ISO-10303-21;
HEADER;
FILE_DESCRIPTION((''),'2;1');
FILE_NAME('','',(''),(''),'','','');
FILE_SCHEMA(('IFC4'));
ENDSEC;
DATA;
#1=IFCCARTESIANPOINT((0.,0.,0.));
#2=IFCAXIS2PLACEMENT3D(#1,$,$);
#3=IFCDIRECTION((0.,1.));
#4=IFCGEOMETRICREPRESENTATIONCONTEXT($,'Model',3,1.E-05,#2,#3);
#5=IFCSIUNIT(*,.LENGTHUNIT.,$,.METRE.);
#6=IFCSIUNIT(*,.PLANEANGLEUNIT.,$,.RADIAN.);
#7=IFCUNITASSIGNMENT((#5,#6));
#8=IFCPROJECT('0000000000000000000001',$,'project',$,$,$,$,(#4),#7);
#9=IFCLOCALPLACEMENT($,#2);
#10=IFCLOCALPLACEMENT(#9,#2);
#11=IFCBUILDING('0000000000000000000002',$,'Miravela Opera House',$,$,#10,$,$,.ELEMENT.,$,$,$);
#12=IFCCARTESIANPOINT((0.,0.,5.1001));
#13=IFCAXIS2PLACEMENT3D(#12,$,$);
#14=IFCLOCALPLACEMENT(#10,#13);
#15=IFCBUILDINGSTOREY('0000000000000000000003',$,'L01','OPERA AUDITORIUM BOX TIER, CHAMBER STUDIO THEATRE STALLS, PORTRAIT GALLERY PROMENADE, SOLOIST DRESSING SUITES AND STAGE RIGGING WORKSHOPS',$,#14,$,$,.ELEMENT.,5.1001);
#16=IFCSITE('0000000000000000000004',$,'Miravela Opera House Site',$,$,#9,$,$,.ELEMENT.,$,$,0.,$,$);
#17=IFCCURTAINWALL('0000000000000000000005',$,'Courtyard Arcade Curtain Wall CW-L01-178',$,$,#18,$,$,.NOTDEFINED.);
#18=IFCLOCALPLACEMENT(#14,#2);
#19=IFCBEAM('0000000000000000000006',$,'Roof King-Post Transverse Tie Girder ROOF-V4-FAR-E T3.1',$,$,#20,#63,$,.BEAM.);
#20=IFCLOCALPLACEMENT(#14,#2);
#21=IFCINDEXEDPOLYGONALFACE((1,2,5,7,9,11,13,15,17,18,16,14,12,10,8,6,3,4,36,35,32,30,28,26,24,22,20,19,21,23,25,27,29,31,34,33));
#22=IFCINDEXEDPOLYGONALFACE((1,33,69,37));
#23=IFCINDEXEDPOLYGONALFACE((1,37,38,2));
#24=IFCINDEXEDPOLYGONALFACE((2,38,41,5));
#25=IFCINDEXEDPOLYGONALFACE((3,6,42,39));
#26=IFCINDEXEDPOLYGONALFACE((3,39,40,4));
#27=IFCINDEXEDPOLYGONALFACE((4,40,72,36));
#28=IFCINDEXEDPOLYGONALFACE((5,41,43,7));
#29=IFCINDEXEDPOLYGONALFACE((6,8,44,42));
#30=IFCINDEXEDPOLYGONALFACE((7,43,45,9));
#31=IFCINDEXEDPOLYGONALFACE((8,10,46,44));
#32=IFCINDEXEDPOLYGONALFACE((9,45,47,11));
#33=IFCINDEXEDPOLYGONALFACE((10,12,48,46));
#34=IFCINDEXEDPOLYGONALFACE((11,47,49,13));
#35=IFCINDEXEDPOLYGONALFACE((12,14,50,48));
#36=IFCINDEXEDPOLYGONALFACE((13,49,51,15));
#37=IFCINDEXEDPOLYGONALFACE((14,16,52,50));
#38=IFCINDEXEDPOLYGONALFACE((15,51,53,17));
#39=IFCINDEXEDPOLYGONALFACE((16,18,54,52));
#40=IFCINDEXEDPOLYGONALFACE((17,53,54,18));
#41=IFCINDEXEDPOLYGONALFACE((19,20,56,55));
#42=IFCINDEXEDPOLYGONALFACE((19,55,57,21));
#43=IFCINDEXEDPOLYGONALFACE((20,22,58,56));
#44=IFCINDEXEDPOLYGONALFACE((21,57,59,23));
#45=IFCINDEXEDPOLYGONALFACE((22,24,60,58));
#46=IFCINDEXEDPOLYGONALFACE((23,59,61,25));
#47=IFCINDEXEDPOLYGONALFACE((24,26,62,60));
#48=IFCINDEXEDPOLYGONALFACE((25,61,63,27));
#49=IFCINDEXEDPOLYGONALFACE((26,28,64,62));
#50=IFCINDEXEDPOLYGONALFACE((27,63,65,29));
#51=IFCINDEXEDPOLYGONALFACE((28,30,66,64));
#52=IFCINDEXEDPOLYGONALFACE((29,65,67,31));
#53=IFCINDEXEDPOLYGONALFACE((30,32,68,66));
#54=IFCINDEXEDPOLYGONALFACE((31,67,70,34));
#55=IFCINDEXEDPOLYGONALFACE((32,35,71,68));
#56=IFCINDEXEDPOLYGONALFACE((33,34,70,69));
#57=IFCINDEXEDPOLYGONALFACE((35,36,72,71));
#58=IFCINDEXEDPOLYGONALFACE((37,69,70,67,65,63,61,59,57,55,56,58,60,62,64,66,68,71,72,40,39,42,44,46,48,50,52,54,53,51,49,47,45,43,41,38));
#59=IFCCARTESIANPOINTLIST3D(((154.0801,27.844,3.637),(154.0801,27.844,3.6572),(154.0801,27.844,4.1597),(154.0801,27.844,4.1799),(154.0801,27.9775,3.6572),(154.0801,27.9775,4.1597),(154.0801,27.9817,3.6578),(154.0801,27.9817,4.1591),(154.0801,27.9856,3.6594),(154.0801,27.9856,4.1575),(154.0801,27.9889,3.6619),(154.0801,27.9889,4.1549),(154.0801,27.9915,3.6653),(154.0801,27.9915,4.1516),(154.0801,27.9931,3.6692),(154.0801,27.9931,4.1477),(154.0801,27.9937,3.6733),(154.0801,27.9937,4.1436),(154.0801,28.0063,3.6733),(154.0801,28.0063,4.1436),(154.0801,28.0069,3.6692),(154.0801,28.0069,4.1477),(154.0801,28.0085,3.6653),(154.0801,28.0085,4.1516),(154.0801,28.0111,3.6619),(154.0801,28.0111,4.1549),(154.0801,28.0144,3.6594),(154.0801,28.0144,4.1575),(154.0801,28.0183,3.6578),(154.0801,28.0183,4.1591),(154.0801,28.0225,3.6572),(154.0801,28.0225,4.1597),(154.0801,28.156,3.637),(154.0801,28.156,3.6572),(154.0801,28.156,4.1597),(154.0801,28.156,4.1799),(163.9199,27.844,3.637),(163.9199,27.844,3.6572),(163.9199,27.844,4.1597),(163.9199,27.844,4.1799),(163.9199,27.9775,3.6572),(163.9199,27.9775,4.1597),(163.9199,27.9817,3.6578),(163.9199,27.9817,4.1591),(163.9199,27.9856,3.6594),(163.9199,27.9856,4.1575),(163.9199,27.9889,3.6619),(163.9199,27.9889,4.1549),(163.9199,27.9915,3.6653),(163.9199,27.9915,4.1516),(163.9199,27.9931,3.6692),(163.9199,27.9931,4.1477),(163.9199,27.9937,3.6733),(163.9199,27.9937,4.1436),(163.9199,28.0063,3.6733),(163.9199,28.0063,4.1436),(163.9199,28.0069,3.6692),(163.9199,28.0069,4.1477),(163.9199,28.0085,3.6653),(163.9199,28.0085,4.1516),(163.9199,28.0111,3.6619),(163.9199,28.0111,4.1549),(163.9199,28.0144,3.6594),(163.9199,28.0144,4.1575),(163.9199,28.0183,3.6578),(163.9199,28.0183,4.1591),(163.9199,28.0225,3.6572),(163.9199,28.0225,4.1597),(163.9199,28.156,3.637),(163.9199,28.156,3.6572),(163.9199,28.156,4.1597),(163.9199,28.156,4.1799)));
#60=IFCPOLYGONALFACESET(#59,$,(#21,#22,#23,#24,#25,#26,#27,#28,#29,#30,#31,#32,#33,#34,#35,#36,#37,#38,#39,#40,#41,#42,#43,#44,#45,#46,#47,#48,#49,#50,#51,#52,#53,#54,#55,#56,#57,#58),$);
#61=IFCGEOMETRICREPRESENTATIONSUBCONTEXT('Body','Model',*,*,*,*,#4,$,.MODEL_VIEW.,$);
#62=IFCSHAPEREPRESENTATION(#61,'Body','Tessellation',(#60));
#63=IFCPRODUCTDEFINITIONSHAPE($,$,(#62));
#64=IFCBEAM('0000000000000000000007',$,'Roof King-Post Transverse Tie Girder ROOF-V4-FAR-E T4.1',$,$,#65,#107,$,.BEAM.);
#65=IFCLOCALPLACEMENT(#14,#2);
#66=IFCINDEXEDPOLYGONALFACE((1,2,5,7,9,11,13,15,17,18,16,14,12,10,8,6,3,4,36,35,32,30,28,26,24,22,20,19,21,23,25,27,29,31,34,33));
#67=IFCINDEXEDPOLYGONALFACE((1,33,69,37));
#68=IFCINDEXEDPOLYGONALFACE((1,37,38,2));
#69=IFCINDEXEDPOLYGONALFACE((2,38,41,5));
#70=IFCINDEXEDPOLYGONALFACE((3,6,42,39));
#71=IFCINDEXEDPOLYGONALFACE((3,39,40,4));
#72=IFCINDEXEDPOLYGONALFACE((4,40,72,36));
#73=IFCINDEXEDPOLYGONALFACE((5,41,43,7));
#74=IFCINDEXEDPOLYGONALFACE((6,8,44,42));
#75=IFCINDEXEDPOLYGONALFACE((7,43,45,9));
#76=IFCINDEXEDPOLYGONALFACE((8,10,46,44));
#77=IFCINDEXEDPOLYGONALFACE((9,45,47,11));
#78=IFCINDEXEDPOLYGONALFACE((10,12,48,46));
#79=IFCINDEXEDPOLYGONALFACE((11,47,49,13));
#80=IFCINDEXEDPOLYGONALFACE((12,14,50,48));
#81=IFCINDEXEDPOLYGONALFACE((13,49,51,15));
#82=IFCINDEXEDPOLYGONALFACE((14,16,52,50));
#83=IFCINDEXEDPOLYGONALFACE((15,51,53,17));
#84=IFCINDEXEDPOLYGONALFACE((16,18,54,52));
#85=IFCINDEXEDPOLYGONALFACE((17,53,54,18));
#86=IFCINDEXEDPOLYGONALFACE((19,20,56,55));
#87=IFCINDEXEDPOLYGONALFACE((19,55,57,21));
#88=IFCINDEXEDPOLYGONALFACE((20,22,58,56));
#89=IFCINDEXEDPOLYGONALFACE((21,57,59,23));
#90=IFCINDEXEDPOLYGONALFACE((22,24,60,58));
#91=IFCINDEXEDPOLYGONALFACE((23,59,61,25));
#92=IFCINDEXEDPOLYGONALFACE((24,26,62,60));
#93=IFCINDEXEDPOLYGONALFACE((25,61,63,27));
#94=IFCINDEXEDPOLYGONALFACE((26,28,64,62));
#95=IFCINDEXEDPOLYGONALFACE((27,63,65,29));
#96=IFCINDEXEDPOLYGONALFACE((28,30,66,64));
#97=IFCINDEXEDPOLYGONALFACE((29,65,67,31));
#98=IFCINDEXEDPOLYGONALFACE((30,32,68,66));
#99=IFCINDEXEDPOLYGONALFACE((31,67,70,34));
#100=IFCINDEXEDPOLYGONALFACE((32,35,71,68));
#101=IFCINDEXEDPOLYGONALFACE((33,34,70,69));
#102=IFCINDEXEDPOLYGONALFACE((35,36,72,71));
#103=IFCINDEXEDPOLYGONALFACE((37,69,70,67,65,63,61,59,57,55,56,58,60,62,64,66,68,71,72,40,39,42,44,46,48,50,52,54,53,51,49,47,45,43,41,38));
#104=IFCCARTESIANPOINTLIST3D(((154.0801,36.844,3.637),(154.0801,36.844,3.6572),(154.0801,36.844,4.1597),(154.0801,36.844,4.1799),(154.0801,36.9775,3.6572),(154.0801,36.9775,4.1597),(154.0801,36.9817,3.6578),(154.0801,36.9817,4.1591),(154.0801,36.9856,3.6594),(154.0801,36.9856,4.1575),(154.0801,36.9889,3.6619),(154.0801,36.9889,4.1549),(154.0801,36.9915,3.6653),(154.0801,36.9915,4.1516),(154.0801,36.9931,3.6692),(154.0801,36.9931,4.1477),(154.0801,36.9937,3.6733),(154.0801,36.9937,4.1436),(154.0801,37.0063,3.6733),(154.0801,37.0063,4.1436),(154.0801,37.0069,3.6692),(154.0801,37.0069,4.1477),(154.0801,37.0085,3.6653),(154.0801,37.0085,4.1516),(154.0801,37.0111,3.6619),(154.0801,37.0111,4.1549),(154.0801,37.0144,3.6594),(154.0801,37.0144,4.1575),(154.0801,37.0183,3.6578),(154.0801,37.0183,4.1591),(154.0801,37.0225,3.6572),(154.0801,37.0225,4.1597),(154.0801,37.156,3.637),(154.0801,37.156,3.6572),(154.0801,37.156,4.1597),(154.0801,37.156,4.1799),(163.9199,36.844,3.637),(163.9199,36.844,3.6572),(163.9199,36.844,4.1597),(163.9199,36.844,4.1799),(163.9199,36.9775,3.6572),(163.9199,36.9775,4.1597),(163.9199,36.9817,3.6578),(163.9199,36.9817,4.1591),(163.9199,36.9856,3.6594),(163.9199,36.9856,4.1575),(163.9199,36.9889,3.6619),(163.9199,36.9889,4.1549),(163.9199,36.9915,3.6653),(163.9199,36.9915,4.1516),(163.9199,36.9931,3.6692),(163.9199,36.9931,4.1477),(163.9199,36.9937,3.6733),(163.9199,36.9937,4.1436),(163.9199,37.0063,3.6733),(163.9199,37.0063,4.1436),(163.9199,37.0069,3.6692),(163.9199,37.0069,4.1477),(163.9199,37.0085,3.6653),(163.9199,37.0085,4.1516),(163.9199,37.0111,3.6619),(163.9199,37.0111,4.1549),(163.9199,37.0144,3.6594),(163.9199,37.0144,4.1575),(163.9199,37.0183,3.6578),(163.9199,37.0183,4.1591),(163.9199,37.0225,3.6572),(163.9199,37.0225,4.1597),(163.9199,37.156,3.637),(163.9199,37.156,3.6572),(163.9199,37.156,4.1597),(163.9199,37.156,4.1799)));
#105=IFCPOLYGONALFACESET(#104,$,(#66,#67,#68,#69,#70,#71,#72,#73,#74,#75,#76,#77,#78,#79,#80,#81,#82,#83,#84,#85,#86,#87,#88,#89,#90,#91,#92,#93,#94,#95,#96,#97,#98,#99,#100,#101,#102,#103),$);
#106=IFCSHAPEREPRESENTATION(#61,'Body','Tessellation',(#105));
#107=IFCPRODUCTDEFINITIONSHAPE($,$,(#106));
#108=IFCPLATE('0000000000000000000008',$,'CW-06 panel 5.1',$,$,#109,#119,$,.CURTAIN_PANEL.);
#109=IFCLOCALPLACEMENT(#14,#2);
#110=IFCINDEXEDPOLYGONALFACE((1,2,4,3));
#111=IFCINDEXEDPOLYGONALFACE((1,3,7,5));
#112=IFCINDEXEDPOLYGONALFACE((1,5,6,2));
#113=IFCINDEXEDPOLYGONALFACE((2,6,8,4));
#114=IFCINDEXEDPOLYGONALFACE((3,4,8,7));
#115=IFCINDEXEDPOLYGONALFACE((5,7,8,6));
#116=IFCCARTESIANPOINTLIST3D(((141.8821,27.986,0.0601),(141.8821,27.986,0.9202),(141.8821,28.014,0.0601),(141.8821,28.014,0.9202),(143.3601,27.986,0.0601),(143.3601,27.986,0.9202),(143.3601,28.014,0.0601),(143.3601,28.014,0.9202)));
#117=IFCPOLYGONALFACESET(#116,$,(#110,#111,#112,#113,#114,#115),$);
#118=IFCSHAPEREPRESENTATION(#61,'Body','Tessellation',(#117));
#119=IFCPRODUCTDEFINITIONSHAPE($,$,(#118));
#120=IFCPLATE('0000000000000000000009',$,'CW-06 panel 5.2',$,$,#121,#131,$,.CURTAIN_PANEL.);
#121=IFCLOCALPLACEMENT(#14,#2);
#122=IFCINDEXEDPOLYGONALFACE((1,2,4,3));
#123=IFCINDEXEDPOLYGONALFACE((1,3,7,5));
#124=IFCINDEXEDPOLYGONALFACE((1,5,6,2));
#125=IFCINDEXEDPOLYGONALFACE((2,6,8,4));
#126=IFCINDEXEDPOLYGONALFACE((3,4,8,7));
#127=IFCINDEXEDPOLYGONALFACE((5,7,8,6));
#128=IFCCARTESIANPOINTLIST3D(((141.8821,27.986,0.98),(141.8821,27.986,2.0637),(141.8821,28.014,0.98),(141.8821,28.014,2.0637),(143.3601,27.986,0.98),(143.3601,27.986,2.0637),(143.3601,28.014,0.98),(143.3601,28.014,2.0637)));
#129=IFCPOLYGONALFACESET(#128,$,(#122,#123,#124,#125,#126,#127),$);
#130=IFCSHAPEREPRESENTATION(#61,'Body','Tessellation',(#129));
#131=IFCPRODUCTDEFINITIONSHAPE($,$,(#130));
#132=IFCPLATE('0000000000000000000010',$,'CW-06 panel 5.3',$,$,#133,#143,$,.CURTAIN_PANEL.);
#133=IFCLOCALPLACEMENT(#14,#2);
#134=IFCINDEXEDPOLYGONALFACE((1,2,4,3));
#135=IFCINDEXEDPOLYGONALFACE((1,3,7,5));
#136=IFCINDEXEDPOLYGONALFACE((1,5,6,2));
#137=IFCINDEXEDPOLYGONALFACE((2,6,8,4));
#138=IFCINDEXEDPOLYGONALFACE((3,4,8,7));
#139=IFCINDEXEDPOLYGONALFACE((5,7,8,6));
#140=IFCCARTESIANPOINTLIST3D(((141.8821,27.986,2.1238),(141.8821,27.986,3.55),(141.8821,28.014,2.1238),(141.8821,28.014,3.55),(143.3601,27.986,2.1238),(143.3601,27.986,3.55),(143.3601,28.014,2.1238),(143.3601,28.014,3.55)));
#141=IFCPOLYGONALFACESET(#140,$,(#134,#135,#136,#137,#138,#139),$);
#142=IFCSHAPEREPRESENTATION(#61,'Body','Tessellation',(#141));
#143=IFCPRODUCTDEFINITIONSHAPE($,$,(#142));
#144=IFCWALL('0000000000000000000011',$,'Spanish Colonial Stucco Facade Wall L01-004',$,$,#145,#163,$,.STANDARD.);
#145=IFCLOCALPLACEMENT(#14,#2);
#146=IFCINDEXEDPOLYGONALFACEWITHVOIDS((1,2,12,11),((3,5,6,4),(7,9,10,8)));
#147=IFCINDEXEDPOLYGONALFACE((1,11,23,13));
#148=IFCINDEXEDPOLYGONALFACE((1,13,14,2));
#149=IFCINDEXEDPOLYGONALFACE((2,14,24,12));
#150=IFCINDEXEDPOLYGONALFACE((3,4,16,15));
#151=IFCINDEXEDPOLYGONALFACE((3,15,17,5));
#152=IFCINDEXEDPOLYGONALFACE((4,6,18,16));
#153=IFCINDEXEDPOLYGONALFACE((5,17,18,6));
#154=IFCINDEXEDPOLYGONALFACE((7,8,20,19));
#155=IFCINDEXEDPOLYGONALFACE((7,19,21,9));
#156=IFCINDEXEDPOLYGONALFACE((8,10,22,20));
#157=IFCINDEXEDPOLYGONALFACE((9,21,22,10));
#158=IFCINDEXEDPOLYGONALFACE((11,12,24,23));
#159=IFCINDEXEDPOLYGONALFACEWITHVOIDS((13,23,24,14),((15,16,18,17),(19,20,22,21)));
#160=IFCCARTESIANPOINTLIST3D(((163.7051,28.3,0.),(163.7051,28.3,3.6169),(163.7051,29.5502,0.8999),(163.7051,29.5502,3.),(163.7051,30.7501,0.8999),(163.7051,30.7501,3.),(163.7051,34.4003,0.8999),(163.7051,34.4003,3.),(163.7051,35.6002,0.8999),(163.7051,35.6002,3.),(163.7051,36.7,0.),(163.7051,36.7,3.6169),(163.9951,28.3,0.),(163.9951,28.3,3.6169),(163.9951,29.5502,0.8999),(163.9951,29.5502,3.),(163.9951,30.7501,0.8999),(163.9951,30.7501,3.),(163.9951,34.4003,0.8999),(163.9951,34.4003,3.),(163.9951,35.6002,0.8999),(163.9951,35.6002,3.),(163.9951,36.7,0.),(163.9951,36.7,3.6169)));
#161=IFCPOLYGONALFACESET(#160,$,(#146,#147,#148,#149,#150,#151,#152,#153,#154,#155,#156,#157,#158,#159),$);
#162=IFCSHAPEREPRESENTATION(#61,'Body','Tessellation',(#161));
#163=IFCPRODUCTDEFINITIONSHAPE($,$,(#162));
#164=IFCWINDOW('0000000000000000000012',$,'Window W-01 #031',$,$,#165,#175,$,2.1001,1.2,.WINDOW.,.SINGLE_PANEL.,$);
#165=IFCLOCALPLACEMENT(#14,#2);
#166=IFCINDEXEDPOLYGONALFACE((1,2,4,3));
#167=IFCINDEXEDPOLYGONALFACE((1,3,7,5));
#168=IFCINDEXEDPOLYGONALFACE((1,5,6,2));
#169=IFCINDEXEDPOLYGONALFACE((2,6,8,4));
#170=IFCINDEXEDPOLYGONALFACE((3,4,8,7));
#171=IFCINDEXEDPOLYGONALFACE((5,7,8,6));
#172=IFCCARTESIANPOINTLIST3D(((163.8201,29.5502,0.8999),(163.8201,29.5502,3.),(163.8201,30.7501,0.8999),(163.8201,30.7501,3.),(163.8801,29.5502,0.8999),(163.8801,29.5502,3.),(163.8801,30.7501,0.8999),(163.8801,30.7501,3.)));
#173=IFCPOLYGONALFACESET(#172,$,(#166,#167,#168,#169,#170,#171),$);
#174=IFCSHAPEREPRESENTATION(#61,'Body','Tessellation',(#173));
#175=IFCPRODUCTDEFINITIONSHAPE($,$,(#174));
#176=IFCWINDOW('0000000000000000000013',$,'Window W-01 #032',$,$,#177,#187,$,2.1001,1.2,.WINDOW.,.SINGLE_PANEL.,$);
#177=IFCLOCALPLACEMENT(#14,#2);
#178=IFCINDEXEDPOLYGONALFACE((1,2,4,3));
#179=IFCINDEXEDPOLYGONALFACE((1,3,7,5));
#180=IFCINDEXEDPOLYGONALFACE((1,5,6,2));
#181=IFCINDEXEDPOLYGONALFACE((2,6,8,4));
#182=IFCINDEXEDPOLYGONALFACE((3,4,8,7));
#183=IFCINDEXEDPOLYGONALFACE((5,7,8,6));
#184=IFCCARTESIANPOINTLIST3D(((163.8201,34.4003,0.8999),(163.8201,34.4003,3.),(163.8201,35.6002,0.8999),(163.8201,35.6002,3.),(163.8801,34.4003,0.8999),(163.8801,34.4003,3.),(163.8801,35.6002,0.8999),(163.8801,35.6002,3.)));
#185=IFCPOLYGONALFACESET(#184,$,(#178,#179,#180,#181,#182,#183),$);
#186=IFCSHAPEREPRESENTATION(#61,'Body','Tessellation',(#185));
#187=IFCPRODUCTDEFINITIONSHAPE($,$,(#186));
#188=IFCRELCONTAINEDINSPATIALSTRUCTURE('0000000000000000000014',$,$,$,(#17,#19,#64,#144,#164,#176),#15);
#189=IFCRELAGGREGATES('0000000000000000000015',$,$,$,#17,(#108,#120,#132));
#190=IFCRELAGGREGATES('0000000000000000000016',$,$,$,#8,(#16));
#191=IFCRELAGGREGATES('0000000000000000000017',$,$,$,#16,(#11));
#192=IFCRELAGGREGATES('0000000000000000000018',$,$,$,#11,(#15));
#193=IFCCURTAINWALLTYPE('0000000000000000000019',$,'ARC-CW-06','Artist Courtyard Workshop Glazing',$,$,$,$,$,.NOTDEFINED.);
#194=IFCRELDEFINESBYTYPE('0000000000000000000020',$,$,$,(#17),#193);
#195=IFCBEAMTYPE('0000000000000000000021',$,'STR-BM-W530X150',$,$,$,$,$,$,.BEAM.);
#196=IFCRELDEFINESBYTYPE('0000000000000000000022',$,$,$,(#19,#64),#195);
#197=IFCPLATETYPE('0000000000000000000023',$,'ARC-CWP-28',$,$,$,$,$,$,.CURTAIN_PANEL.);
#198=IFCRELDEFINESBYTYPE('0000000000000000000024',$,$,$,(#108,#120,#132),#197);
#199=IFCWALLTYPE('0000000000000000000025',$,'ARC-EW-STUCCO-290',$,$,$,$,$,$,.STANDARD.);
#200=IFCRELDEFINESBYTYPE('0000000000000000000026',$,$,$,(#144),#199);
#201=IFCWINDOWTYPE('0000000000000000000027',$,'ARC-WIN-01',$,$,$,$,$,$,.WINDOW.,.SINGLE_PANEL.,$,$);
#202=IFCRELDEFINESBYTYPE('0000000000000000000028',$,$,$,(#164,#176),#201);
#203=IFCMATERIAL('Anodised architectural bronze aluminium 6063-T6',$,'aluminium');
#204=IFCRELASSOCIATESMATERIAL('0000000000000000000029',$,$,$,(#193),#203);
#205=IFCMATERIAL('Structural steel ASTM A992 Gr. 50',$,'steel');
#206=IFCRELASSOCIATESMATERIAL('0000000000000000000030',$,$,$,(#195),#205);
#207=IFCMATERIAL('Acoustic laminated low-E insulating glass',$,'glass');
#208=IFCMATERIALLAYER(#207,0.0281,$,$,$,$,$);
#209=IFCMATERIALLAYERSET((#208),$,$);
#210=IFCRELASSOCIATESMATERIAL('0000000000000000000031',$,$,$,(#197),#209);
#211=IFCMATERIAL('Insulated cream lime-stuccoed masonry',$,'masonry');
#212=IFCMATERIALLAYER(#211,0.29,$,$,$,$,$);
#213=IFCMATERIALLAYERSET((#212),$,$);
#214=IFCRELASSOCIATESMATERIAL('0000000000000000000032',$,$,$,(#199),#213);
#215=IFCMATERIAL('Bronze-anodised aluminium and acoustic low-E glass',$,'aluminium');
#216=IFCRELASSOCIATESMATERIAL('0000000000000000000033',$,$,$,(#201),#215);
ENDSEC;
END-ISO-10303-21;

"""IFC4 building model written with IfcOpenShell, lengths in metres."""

from ifc_helpers import new_model, si_unit, direction, frame, frame_2d, origin, origin_2d, place, context, subcontext, project, spatial, rectangle, i_section, extrude, material, layer, layer_set, material_profile, profile_set, type_object, element, fill, aggregate, save


model = new_model("IFC4")

# Units and contexts
model_context = context("Model", 3, precision=1e-05, world=origin(), true_north=direction((0.0, 1.0)))
body_context = subcontext(model_context, "Body", "Model", "MODEL_VIEW")
ifc_project = project(units=[si_unit("LENGTHUNIT", "METRE"), si_unit("PLANEANGLEUNIT", "RADIAN")], contexts=[model_context])

# Site, building, storey
site_placement = place(None, origin())
site = spatial("IfcSite", under=ifc_project, at=site_placement, Name="Miravela Opera House Site", CompositionType="ELEMENT", RefElevation=0.0)
building_placement = place(site_placement, origin())
building = spatial("IfcBuilding", under=site, at=building_placement, Name="Miravela Opera House", CompositionType="ELEMENT")
storey_placement = place(building_placement, frame((0.0, 0.0, 5.1001)))
storey = spatial("IfcBuildingStorey", under=building, at=storey_placement, Name="L01", Description="OPERA AUDITORIUM BOX TIER, CHAMBER STUDIO THEATRE STALLS, PORTRAIT GALLERY PROMENADE, SOLOIST DRESSING SUITES AND STAGE RIGGING WORKSHOPS", CompositionType="ELEMENT", Elevation=5.1001)

# Curtain wall
ifc_material_1 = material(Name="Anodised architectural bronze aluminium 6063-T6", Category="aluminium")
curtain_wall_type = type_object("IfcCurtainWallType", Name="ARC-CW-06", Description="Artist Courtyard Workshop Glazing", PredefinedType="NOTDEFINED", material=ifc_material_1)
curtain_wall_placement = place(storey_placement, origin())
curtain_wall = element("IfcCurtainWall", 1, at=curtain_wall_placement, inside=storey, type_object=curtain_wall_type, Name="Courtyard Arcade Curtain Wall CW-L01-178", PredefinedType="NOTDEFINED")

# Beams
ifc_material_2 = material(Name="Structural steel ASTM A992 Gr. 50", Category="steel")
ifc_material_profile_1 = material_profile(ifc_material_2, i_section(OverallWidth=0.312, OverallDepth=0.543, WebThickness=0.0127, FlangeThickness=0.0203, FilletRadius=0.0161, at=origin_2d()), Name="W530X150")
ifc_profile_set_1 = profile_set([ifc_material_profile_1])
beam_type_1 = type_object("IfcBeamType", Name="STR-BM-W530X150", PredefinedType="BEAM", material=ifc_profile_set_1)
for number, where, z_axis, x_axis, name in (
    (2, (154.0801, 28.0, 3.9084), (1.0, 0.0, 0.0), (0.0, 1.0, 0.0), "Roof King-Post Transverse Tie Girder ROOF-V4-FAR-E T3.1"),
    (3, (154.0801, 37.0, 3.9084), (1.0, 0.0, 0.0), (0.0, 1.0, 0.0), "Roof King-Post Transverse Tie Girder ROOF-V4-FAR-E T4.1"),
):
    element("IfcBeam", number, at=place(storey_placement, frame(where, z_axis=z_axis, x_axis=x_axis)), inside=storey, type_object=beam_type_1, Name=name, PredefinedType="BEAM", context=body_context, shape_type="SweptSolid", body=[
        extrude(i_section(OverallWidth=0.312, OverallDepth=0.543, WebThickness=0.0127, FlangeThickness=0.0203, FilletRadius=0.0161, at=origin_2d()), origin(), (0.0, 0.0, 1.0), 9.8398),
    ])

# Plates
ifc_material_3 = material(Name="Acoustic laminated low-E insulating glass", Category="glass")
ifc_layer_1 = layer(ifc_material_3, 0.0281)
ifc_layer_set_1 = layer_set([ifc_layer_1])
plate_type = type_object("IfcPlateType", Name="ARC-CWP-28", PredefinedType="CURTAIN_PANEL", material=ifc_layer_set_1)
plate_1_placement = place(storey_placement, frame((142.6211, 28.0, 0.0601), z_axis=(0.0, 0.0, 1.0), x_axis=(1.0, 0.0, 0.0)))
plate_1 = element("IfcPlate", 4, at=plate_1_placement, type_object=plate_type, Name="CW-06 panel 5.1", PredefinedType="CURTAIN_PANEL", context=body_context, shape_type="SweptSolid", body=[
    extrude(rectangle(XDim=1.478, YDim=0.0281, at=origin_2d()), origin(), (0.0, 0.0, 1.0), 0.8601),
])
plate_2_placement = place(storey_placement, frame((142.6211, 28.0, 0.98), z_axis=(0.0, 0.0, 1.0), x_axis=(1.0, 0.0, 0.0)))
plate_2 = element("IfcPlate", 5, at=plate_2_placement, type_object=plate_type, Name="CW-06 panel 5.2", PredefinedType="CURTAIN_PANEL", context=body_context, shape_type="SweptSolid", body=[
    extrude(rectangle(XDim=1.478, YDim=0.0281, at=origin_2d()), origin(), (0.0, 0.0, 1.0), 1.0837),
])
plate_3_placement = place(storey_placement, frame((142.6211, 28.0, 2.1238), z_axis=(0.0, 0.0, 1.0), x_axis=(1.0, 0.0, 0.0)))
plate_3 = element("IfcPlate", 6, at=plate_3_placement, type_object=plate_type, Name="CW-06 panel 5.3", PredefinedType="CURTAIN_PANEL", context=body_context, shape_type="SweptSolid", body=[
    extrude(rectangle(XDim=1.478, YDim=0.0281, at=origin_2d()), origin(), (0.0, 0.0, 1.0), 1.4263),
])
aggregate(curtain_wall, [plate_1, plate_2, plate_3])

# Wall, openings, windows
ifc_material_4 = material(Name="Insulated cream lime-stuccoed masonry", Category="masonry")
ifc_layer_2 = layer(ifc_material_4, 0.29)
ifc_layer_set_2 = layer_set([ifc_layer_2])
wall_type_1 = type_object("IfcWallType", Name="ARC-EW-STUCCO-290", PredefinedType="STANDARD", material=ifc_layer_set_2)
wall_1_placement = place(storey_placement, frame((163.8501, 28.3, 0.0), z_axis=(0.0, 0.0, 1.0), x_axis=(0.0, 1.0, 0.0)))
wall_1 = element("IfcWall", 7, at=wall_1_placement, inside=storey, type_object=wall_type_1, Name="Spanish Colonial Stucco Facade Wall L01-004", PredefinedType="STANDARD", context=body_context, shape_type="SweptSolid", body=[
    extrude(rectangle(XDim=8.3999, YDim=0.29, at=frame_2d((4.2, 0.0))), origin(), (0.0, 0.0, 1.0), 3.6169),
])
opening_1_placement = place(wall_1_placement, frame((1.25, 0.0, 0.8999)))
opening_1 = element("IfcOpeningElement", 8, at=opening_1_placement, cuts=wall_1, PredefinedType="OPENING", context=body_context, shape_type="SweptSolid", body=[
    extrude(rectangle(XDim=1.2, YDim=2.1001, at=frame_2d((0.6001, 1.05))), frame((0.0, 0.155, 0.0), z_axis=(0.0, -1.0, 0.0), x_axis=(1.0, 0.0, 0.0)), (0.0, 0.0, 1.0), 0.3101),
])
opening_2_placement = place(wall_1_placement, frame((6.1001, 0.0, 0.8999)))
opening_2 = element("IfcOpeningElement", 9, at=opening_2_placement, cuts=wall_1, PredefinedType="OPENING", context=body_context, shape_type="SweptSolid", body=[
    extrude(rectangle(XDim=1.2, YDim=2.1001, at=frame_2d((0.6001, 1.05))), frame((0.0, 0.155, 0.0), z_axis=(0.0, -1.0, 0.0), x_axis=(1.0, 0.0, 0.0)), (0.0, 0.0, 1.0), 0.3101),
])
ifc_material_5 = material(Name="Bronze-anodised aluminium and acoustic low-E glass", Category="aluminium")
window_type = type_object("IfcWindowType", Name="ARC-WIN-01", PartitioningType="SINGLE_PANEL", PredefinedType="WINDOW", material=ifc_material_5)
window_1_placement = place(opening_1_placement, origin())
window_1 = element("IfcWindow", 10, at=window_1_placement, inside=storey, type_object=window_type, Name="Window W-01 #031", OverallHeight=2.1001, OverallWidth=1.2, PartitioningType="SINGLE_PANEL", PredefinedType="WINDOW", context=body_context, shape_type="SweptSolid", body=[
    extrude(rectangle(XDim=1.2, YDim=2.1001, at=frame_2d((0.6001, 1.05))), frame((0.0, 0.03, 0.0), z_axis=(0.0, -1.0, 0.0), x_axis=(1.0, 0.0, 0.0)), (0.0, 0.0, 1.0), 0.0601),
])
fill(opening_1, window_1)
window_2_placement = place(opening_2_placement, origin())
window_2 = element("IfcWindow", 11, at=window_2_placement, inside=storey, type_object=window_type, Name="Window W-01 #032", OverallHeight=2.1001, OverallWidth=1.2, PartitioningType="SINGLE_PANEL", PredefinedType="WINDOW", context=body_context, shape_type="SweptSolid", body=[
    extrude(rectangle(XDim=1.2, YDim=2.1001, at=frame_2d((0.6001, 1.05))), frame((0.0, 0.03, 0.0), z_axis=(0.0, -1.0, 0.0), x_axis=(1.0, 0.0, 0.0)), (0.0, 0.0, 1.0), 0.0601),
])
fill(opening_2, window_2)

save(model, "model.ifc")
